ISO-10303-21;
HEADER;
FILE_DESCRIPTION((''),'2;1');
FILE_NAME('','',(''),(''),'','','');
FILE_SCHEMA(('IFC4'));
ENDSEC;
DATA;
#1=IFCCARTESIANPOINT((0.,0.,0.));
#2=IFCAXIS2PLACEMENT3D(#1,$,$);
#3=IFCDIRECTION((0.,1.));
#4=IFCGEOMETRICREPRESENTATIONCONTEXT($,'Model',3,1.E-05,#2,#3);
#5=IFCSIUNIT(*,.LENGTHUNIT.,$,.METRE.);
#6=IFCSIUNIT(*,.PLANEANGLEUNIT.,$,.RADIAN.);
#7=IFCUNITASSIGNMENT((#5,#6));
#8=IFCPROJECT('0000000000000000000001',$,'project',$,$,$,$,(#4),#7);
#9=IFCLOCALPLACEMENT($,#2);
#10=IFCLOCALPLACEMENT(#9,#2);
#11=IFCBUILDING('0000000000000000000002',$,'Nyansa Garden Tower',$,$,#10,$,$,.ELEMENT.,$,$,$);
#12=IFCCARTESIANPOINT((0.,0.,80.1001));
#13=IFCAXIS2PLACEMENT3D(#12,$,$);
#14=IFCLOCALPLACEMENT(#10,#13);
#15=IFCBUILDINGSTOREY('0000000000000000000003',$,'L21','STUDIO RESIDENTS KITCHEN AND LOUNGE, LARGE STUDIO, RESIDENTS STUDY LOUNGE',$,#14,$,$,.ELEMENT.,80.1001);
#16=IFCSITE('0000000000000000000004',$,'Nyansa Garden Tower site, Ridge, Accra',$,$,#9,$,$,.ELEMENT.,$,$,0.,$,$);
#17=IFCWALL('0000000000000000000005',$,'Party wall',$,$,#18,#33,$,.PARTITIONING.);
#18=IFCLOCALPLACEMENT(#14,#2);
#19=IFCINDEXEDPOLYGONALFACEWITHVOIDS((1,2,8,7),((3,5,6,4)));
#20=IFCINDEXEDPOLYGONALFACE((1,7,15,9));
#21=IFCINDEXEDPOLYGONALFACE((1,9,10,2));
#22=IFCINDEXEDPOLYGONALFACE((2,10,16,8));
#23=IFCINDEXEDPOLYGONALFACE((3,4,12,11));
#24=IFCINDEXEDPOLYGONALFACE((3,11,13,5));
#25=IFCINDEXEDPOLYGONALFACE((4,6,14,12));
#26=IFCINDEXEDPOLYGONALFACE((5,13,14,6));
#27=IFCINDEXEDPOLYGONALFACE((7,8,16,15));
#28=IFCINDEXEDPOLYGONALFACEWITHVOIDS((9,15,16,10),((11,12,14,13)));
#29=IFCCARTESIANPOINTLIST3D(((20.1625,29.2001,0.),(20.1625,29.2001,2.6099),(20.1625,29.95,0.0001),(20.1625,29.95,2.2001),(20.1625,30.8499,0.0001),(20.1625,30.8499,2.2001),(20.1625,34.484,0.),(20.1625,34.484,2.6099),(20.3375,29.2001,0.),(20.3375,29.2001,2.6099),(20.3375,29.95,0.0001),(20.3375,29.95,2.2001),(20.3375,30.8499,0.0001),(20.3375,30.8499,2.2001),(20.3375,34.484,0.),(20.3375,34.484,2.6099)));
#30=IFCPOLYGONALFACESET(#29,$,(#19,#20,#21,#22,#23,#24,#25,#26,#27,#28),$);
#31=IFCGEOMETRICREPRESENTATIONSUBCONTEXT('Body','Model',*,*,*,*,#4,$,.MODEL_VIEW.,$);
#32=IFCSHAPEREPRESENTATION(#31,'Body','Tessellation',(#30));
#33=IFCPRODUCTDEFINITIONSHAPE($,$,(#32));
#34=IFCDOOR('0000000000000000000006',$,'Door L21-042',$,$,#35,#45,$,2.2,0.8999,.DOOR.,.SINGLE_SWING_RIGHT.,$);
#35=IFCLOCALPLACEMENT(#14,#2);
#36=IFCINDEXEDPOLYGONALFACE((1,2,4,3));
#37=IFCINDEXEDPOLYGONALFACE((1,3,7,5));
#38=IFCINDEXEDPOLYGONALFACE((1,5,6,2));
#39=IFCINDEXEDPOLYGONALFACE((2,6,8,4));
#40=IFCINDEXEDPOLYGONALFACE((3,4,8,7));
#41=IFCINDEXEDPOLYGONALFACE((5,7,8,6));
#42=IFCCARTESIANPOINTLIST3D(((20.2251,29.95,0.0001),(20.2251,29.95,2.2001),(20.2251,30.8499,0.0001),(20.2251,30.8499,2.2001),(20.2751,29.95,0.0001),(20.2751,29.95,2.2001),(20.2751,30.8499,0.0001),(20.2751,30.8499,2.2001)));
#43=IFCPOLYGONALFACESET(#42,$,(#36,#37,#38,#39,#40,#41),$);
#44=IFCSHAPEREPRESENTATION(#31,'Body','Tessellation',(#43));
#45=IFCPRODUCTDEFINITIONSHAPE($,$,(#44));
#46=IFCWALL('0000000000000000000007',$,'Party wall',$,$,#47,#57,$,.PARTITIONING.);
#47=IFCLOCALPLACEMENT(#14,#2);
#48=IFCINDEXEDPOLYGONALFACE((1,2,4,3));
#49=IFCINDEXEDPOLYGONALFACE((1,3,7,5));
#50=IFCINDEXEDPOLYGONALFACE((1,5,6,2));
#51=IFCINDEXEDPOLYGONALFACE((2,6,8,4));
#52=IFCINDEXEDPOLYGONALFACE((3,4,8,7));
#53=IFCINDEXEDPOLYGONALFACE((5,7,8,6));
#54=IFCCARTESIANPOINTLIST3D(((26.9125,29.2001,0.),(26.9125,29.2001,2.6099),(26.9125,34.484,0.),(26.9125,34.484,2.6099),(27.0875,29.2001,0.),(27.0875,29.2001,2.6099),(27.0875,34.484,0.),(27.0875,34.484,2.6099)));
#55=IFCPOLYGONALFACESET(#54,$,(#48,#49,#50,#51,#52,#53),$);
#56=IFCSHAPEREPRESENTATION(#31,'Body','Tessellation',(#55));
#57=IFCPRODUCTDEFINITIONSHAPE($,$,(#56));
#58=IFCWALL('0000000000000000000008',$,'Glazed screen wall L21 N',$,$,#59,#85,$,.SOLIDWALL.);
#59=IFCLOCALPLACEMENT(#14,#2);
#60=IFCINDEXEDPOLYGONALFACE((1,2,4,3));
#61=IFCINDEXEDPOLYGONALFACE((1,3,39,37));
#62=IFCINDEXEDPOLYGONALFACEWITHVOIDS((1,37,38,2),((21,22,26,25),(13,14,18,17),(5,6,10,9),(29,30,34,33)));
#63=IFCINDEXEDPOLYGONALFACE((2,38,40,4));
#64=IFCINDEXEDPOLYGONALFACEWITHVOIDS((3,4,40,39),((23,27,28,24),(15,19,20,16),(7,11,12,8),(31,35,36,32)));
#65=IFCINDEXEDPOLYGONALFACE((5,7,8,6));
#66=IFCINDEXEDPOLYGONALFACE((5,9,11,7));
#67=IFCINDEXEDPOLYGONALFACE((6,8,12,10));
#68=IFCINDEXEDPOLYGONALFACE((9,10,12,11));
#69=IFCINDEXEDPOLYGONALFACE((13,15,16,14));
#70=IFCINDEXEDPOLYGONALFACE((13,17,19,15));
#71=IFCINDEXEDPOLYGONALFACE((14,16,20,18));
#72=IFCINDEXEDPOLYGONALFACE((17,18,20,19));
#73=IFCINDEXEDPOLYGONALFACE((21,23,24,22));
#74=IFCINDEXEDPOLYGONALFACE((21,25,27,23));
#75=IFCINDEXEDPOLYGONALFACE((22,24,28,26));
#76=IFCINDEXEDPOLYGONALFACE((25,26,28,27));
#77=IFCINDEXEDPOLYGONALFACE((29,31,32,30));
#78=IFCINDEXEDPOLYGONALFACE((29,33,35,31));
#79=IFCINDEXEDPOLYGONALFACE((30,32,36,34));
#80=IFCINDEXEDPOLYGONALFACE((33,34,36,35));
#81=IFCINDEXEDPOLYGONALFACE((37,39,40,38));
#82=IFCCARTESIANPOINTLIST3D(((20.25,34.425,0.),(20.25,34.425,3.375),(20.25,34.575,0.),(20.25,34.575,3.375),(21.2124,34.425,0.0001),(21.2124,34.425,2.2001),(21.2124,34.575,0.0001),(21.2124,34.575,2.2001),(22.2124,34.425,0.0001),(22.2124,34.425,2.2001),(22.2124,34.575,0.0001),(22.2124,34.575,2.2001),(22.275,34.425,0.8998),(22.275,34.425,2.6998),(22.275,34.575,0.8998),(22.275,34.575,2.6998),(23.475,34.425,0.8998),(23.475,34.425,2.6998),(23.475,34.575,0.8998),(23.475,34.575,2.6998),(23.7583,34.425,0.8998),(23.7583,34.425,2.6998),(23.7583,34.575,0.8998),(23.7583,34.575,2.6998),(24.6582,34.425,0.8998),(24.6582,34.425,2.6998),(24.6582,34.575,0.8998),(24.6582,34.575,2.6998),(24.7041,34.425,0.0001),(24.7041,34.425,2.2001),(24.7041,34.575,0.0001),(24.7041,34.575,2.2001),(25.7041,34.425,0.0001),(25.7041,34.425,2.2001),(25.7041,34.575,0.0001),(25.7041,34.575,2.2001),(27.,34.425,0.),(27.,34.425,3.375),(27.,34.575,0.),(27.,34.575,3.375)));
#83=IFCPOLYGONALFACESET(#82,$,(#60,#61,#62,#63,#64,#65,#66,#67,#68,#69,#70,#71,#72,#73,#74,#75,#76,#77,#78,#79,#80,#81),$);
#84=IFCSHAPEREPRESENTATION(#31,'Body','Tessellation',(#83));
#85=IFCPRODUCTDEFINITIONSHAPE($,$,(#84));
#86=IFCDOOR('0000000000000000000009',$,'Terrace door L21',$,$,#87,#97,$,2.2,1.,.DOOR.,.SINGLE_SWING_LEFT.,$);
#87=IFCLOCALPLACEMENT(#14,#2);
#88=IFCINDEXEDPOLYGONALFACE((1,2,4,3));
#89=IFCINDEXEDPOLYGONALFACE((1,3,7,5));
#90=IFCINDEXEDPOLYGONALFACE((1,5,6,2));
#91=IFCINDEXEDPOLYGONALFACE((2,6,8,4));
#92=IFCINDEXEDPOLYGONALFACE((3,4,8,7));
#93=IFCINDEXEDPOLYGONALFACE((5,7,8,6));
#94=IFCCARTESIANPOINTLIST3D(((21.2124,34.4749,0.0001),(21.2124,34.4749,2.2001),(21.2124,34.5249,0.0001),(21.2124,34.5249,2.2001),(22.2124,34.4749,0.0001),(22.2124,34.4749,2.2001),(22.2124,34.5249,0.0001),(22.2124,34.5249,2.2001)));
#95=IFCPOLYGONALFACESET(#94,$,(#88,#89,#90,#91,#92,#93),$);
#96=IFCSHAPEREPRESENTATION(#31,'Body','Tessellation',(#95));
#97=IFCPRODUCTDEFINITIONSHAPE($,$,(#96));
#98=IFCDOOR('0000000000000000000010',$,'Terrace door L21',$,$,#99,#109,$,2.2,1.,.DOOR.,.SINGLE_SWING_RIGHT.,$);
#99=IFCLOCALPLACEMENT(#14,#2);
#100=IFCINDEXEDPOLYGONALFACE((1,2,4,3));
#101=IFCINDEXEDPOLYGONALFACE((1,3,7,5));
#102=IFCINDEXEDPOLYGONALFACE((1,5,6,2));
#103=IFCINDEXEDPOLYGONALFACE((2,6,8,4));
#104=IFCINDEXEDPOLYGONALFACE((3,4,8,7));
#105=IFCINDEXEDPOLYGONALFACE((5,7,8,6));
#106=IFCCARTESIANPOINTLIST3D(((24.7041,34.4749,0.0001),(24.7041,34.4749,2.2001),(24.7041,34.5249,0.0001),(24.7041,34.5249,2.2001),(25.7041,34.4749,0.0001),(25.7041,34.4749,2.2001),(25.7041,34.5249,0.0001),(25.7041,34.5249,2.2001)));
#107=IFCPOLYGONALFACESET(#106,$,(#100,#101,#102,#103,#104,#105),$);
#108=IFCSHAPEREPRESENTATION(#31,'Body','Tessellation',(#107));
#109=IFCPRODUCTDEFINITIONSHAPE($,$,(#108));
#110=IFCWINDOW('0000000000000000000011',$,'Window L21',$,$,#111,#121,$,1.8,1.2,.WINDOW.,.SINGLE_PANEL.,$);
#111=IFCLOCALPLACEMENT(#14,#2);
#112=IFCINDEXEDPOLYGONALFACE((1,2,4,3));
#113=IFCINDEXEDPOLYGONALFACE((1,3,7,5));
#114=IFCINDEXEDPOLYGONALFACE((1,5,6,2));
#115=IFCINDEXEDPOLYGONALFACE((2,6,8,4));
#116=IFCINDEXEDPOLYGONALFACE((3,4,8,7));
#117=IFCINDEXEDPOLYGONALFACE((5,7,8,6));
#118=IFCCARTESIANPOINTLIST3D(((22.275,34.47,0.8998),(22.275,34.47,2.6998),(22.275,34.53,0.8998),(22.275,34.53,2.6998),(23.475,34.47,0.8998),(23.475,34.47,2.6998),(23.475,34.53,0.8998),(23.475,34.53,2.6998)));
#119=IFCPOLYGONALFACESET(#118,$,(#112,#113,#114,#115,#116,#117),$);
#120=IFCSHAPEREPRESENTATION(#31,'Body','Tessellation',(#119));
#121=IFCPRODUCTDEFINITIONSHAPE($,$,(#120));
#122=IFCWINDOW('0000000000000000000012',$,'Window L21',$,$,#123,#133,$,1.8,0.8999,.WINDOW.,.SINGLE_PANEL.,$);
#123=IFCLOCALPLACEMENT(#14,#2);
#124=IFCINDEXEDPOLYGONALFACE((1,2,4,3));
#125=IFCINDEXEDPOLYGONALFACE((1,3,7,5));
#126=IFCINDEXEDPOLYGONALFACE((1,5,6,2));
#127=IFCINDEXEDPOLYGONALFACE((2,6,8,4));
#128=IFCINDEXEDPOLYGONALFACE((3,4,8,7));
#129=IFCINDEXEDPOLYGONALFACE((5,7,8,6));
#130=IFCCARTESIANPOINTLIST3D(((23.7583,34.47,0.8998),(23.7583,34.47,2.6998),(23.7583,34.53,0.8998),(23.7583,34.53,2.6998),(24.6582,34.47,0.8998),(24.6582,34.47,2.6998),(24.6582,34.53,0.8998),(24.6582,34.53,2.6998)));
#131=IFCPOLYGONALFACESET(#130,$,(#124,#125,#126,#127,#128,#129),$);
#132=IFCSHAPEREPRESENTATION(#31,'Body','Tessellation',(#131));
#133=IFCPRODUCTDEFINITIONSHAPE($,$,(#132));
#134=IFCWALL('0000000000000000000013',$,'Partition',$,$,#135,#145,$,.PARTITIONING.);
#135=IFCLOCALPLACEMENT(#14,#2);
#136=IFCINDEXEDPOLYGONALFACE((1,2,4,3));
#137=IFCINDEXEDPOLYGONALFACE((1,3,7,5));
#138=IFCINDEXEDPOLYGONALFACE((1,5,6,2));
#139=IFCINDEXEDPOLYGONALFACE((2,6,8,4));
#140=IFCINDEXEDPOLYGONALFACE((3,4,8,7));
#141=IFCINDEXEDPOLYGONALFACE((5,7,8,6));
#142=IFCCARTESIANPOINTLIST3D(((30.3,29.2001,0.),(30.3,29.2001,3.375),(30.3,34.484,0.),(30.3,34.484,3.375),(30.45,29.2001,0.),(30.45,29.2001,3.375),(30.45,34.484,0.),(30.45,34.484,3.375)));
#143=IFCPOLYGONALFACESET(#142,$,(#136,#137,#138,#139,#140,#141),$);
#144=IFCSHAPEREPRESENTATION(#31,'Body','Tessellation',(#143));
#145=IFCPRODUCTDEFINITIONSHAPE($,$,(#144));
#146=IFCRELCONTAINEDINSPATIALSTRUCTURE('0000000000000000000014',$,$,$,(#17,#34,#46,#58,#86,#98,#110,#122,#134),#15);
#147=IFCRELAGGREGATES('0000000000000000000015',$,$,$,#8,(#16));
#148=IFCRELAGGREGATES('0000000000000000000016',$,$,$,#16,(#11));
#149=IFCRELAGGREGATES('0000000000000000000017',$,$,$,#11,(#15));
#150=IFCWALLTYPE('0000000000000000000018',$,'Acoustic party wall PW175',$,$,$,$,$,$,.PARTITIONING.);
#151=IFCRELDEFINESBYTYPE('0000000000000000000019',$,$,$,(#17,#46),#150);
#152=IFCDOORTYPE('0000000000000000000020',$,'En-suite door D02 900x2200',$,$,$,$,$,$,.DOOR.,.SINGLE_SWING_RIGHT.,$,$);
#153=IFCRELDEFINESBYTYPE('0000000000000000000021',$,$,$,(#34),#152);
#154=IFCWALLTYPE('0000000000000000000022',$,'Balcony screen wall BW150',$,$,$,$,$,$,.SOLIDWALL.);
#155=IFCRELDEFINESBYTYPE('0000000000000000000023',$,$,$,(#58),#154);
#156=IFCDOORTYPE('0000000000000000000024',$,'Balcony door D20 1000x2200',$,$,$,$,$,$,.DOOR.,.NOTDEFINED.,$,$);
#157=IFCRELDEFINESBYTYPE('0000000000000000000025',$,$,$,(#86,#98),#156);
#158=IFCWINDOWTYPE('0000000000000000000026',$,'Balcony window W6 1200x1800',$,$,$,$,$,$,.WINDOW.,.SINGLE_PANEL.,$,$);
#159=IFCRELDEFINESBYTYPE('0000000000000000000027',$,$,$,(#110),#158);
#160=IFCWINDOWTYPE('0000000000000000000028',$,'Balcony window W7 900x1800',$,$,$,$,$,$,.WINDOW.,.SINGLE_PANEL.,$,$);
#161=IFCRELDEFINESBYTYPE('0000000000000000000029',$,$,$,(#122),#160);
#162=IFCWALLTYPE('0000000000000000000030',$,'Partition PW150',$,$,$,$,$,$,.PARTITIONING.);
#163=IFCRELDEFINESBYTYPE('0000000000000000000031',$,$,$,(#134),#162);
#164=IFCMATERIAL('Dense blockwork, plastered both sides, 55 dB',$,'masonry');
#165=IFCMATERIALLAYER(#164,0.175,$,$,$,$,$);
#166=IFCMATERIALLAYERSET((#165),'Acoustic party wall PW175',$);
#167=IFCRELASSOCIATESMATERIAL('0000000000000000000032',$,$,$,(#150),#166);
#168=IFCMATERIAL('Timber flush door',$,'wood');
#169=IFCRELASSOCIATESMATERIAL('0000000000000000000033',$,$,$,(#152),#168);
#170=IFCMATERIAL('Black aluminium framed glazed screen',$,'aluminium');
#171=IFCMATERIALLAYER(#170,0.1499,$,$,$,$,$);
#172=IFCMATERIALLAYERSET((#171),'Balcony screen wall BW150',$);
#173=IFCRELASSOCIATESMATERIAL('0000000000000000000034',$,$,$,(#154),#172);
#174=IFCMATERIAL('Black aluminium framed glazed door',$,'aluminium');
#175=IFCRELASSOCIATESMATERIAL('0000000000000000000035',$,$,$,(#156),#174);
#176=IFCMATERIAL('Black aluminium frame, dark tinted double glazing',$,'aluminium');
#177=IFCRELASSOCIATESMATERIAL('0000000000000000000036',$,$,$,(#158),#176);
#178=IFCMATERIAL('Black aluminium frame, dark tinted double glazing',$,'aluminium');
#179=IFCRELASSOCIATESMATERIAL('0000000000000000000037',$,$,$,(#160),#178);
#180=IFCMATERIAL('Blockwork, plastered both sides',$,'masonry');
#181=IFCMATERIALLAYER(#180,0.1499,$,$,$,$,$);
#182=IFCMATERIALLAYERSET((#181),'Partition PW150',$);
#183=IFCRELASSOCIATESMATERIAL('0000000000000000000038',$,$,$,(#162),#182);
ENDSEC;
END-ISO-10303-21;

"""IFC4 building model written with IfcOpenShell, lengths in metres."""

from ifc_helpers import new_model, si_unit, direction, frame, frame_2d, origin, place, context, subcontext, project, spatial, rectangle, extrude, material, layer, layer_set, type_object, element, fill, save


model = new_model("IFC4")

# Units and contexts
model_context = context("Model", 3, precision=1e-05, world=origin(), true_north=direction((0.0, 1.0)))
body_context = subcontext(model_context, "Body", "Model", "MODEL_VIEW")
ifc_project = project(units=[si_unit("LENGTHUNIT", "METRE"), si_unit("PLANEANGLEUNIT", "RADIAN")], contexts=[model_context])

# Site, building, storey
site_placement = place(None, origin())
site = spatial("IfcSite", under=ifc_project, at=site_placement, Name="Nyansa Garden Tower site, Ridge, Accra", CompositionType="ELEMENT", RefElevation=0.0)
building_placement = place(site_placement, origin())
building = spatial("IfcBuilding", under=site, at=building_placement, Name="Nyansa Garden Tower", CompositionType="ELEMENT")
storey_placement = place(building_placement, frame((0.0, 0.0, 80.1001)))
storey = spatial("IfcBuildingStorey", under=building, at=storey_placement, Name="L21", Description="STUDIO RESIDENTS KITCHEN AND LOUNGE, LARGE STUDIO, RESIDENTS STUDY LOUNGE", CompositionType="ELEMENT", Elevation=80.1001)

# Wall, opening, door
ifc_material_1 = material(Name="Dense blockwork, plastered both sides, 55 dB", Category="masonry")
ifc_layer_1 = layer(ifc_material_1, 0.175)
ifc_layer_set_1 = layer_set([ifc_layer_1], Name="Acoustic party wall PW175")
wall_type_1 = type_object("IfcWallType", Name="Acoustic party wall PW175", PredefinedType="PARTITIONING", material=ifc_layer_set_1)
wall_1_placement = place(storey_placement, frame((20.25, 29.2, 0.0), z_axis=(0.0, 0.0, 1.0), x_axis=(0.0, 1.0, 0.0)))
wall_1 = element("IfcWall", 1, at=wall_1_placement, inside=storey, type_object=wall_type_1, Name="Party wall", PredefinedType="PARTITIONING", context=body_context, shape_type="SweptSolid", body=[
    extrude(rectangle(XDim=5.2839, YDim=0.175, at=frame_2d((2.6421, 0.0))), origin(), (0.0, 0.0, 1.0), 2.6099),
])
opening_1_placement = place(wall_1_placement, frame((0.75, 0.0, 0.0)))
opening_1 = element("IfcOpeningElement", 2, at=opening_1_placement, cuts=wall_1, PredefinedType="OPENING", context=body_context, shape_type="SweptSolid", body=[
    extrude(rectangle(XDim=0.8999, YDim=2.2, at=frame_2d((0.45, 1.1001))), frame((0.0, 0.0974, 0.0), z_axis=(0.0, -1.0, 0.0), x_axis=(1.0, 0.0, 0.0)), (0.0, 0.0, 1.0), 0.1951),
])
ifc_material_2 = material(Name="Timber flush door", Category="wood")
door_type_1 = type_object("IfcDoorType", Name="En-suite door D02 900x2200", OperationType="SINGLE_SWING_RIGHT", PredefinedType="DOOR", material=ifc_material_2)
door_1_placement = place(opening_1_placement, origin())
door_1 = element("IfcDoor", 3, at=door_1_placement, inside=storey, type_object=door_type_1, Name="Door L21-042", OperationType="SINGLE_SWING_RIGHT", OverallHeight=2.2, OverallWidth=0.8999, PredefinedType="DOOR", context=body_context, shape_type="SweptSolid", body=[
    extrude(rectangle(XDim=0.8999, YDim=2.2, at=frame_2d((0.45, 1.1001))), frame((0.0, 0.0249, 0.0), z_axis=(0.0, -1.0, 0.0), x_axis=(1.0, 0.0, 0.0)), (0.0, 0.0, 1.0), 0.05),
])
fill(opening_1, door_1)

# Wall
wall_2_placement = place(storey_placement, frame((27.0, 29.2, 0.0), z_axis=(0.0, 0.0, 1.0), x_axis=(0.0, 1.0, 0.0)))
element("IfcWall", 4, at=wall_2_placement, inside=storey, type_object=wall_type_1, Name="Party wall", PredefinedType="PARTITIONING", context=body_context, shape_type="SweptSolid", body=[
    extrude(rectangle(XDim=5.2839, YDim=0.175, at=frame_2d((2.6421, 0.0))), origin(), (0.0, 0.0, 1.0), 2.6099),
])

# Wall, openings, doors, windows
ifc_material_3 = material(Name="Black aluminium framed glazed screen", Category="aluminium")
ifc_layer_2 = layer(ifc_material_3, 0.1499)
ifc_layer_set_2 = layer_set([ifc_layer_2], Name="Balcony screen wall BW150")
wall_type_2 = type_object("IfcWallType", Name="Balcony screen wall BW150", PredefinedType="SOLIDWALL", material=ifc_layer_set_2)
wall_3_placement = place(storey_placement, frame((20.25, 34.5, 0.0), z_axis=(0.0, 0.0, 1.0), x_axis=(1.0, 0.0, 0.0)))
wall_3 = element("IfcWall", 5, at=wall_3_placement, inside=storey, type_object=wall_type_2, Name="Glazed screen wall L21 N", PredefinedType="SOLIDWALL", context=body_context, shape_type="SweptSolid", body=[
    extrude(rectangle(XDim=6.75, YDim=0.1499, at=frame_2d((3.375, 0.0))), origin(), (0.0, 0.0, 1.0), 3.375),
])
opening_2_placement = place(wall_3_placement, frame((0.9624, 0.0, 0.0)))
opening_2 = element("IfcOpeningElement", 6, at=opening_2_placement, cuts=wall_3, PredefinedType="OPENING", context=body_context, shape_type="SweptSolid", body=[
    extrude(rectangle(XDim=1.0, YDim=2.2, at=frame_2d((0.5, 1.1001))), frame((0.0, 0.085, 0.0), z_axis=(0.0, -1.0, 0.0), x_axis=(1.0, 0.0, 0.0)), (0.0, 0.0, 1.0), 0.1699),
])
opening_3_placement = place(wall_3_placement, frame((2.0249, 0.0, 0.8999)))
opening_3 = element("IfcOpeningElement", 7, at=opening_3_placement, cuts=wall_3, PredefinedType="OPENING", context=body_context, shape_type="SweptSolid", body=[
    extrude(rectangle(XDim=1.2, YDim=1.8, at=frame_2d((0.6001, 0.8999))), frame((0.0, 0.085, 0.0), z_axis=(0.0, -1.0, 0.0), x_axis=(1.0, 0.0, 0.0)), (0.0, 0.0, 1.0), 0.1699),
])
opening_4_placement = place(wall_3_placement, frame((4.4541, 0.0, 0.0)))
opening_4 = element("IfcOpeningElement", 8, at=opening_4_placement, cuts=wall_3, PredefinedType="OPENING", context=body_context, shape_type="SweptSolid", body=[
    extrude(rectangle(XDim=1.0, YDim=2.2, at=frame_2d((0.5, 1.1001))), frame((0.0, 0.085, 0.0), z_axis=(0.0, -1.0, 0.0), x_axis=(1.0, 0.0, 0.0)), (0.0, 0.0, 1.0), 0.1699),
])
opening_5_placement = place(wall_3_placement, frame((3.5083, 0.0, 0.8999)))
opening_5 = element("IfcOpeningElement", 9, at=opening_5_placement, cuts=wall_3, PredefinedType="OPENING", context=body_context, shape_type="SweptSolid", body=[
    extrude(rectangle(XDim=0.8999, YDim=1.8, at=frame_2d((0.45, 0.8999))), frame((0.0, 0.085, 0.0), z_axis=(0.0, -1.0, 0.0), x_axis=(1.0, 0.0, 0.0)), (0.0, 0.0, 1.0), 0.1699),
])
ifc_material_4 = material(Name="Black aluminium framed glazed door", Category="aluminium")
door_type_2 = type_object("IfcDoorType", Name="Balcony door D20 1000x2200", OperationType="NOTDEFINED", PredefinedType="DOOR", material=ifc_material_4)
door_2_placement = place(opening_2_placement, origin())
door_2 = element("IfcDoor", 10, at=door_2_placement, inside=storey, type_object=door_type_2, Name="Terrace door L21", OperationType="SINGLE_SWING_LEFT", OverallHeight=2.2, OverallWidth=1.0, PredefinedType="DOOR", context=body_context, shape_type="SweptSolid", body=[
    extrude(rectangle(XDim=1.0, YDim=2.2, at=frame_2d((0.5, 1.1001))), frame((0.0, 0.0249, 0.0), z_axis=(0.0, -1.0, 0.0), x_axis=(1.0, 0.0, 0.0)), (0.0, 0.0, 1.0), 0.05),
])
fill(opening_2, door_2)
door_3_placement = place(opening_4_placement, origin())
door_3 = element("IfcDoor", 11, at=door_3_placement, inside=storey, type_object=door_type_2, Name="Terrace door L21", OperationType="SINGLE_SWING_RIGHT", OverallHeight=2.2, OverallWidth=1.0, PredefinedType="DOOR", context=body_context, shape_type="SweptSolid", body=[
    extrude(rectangle(XDim=1.0, YDim=2.2, at=frame_2d((0.5, 1.1001))), frame((0.0, 0.0249, 0.0), z_axis=(0.0, -1.0, 0.0), x_axis=(1.0, 0.0, 0.0)), (0.0, 0.0, 1.0), 0.05),
])
fill(opening_4, door_3)
ifc_material_5 = material(Name="Black aluminium frame, dark tinted double glazing", Category="aluminium")
window_type_1 = type_object("IfcWindowType", Name="Balcony window W6 1200x1800", PartitioningType="SINGLE_PANEL", PredefinedType="WINDOW", material=ifc_material_5)
window_1_placement = place(opening_3_placement, origin())
window_1 = element("IfcWindow", 12, at=window_1_placement, inside=storey, type_object=window_type_1, Name="Window L21", OverallHeight=1.8, OverallWidth=1.2, PartitioningType="SINGLE_PANEL", PredefinedType="WINDOW", context=body_context, shape_type="SweptSolid", body=[
    extrude(rectangle(XDim=1.2, YDim=1.8, at=frame_2d((0.6001, 0.8999))), frame((0.0, 0.03, 0.0), z_axis=(0.0, -1.0, 0.0), x_axis=(1.0, 0.0, 0.0)), (0.0, 0.0, 1.0), 0.0601),
])
fill(opening_3, window_1)
ifc_material_6 = material(Name="Black aluminium frame, dark tinted double glazing", Category="aluminium")
window_type_2 = type_object("IfcWindowType", Name="Balcony window W7 900x1800", PartitioningType="SINGLE_PANEL", PredefinedType="WINDOW", material=ifc_material_6)
window_2_placement = place(opening_5_placement, origin())
window_2 = element("IfcWindow", 13, at=window_2_placement, inside=storey, type_object=window_type_2, Name="Window L21", OverallHeight=1.8, OverallWidth=0.8999, PartitioningType="SINGLE_PANEL", PredefinedType="WINDOW", context=body_context, shape_type="SweptSolid", body=[
    extrude(rectangle(XDim=0.8999, YDim=1.8, at=frame_2d((0.45, 0.8999))), frame((0.0, 0.03, 0.0), z_axis=(0.0, -1.0, 0.0), x_axis=(1.0, 0.0, 0.0)), (0.0, 0.0, 1.0), 0.0601),
])
fill(opening_5, window_2)

# Wall
ifc_material_7 = material(Name="Blockwork, plastered both sides", Category="masonry")
ifc_layer_3 = layer(ifc_material_7, 0.1499)
ifc_layer_set_3 = layer_set([ifc_layer_3], Name="Partition PW150")
wall_type_3 = type_object("IfcWallType", Name="Partition PW150", PredefinedType="PARTITIONING", material=ifc_layer_set_3)
wall_4_placement = place(storey_placement, frame((30.375, 29.2, 0.0), z_axis=(0.0, 0.0, 1.0), x_axis=(0.0, 1.0, 0.0)))
element("IfcWall", 14, at=wall_4_placement, inside=storey, type_object=wall_type_3, Name="Partition", PredefinedType="PARTITIONING", context=body_context, shape_type="SweptSolid", body=[
    extrude(rectangle(XDim=5.2839, YDim=0.1499, at=frame_2d((2.6421, 0.0))), origin(), (0.0, 0.0, 1.0), 3.375),
])

save(model, "model.ifc")
